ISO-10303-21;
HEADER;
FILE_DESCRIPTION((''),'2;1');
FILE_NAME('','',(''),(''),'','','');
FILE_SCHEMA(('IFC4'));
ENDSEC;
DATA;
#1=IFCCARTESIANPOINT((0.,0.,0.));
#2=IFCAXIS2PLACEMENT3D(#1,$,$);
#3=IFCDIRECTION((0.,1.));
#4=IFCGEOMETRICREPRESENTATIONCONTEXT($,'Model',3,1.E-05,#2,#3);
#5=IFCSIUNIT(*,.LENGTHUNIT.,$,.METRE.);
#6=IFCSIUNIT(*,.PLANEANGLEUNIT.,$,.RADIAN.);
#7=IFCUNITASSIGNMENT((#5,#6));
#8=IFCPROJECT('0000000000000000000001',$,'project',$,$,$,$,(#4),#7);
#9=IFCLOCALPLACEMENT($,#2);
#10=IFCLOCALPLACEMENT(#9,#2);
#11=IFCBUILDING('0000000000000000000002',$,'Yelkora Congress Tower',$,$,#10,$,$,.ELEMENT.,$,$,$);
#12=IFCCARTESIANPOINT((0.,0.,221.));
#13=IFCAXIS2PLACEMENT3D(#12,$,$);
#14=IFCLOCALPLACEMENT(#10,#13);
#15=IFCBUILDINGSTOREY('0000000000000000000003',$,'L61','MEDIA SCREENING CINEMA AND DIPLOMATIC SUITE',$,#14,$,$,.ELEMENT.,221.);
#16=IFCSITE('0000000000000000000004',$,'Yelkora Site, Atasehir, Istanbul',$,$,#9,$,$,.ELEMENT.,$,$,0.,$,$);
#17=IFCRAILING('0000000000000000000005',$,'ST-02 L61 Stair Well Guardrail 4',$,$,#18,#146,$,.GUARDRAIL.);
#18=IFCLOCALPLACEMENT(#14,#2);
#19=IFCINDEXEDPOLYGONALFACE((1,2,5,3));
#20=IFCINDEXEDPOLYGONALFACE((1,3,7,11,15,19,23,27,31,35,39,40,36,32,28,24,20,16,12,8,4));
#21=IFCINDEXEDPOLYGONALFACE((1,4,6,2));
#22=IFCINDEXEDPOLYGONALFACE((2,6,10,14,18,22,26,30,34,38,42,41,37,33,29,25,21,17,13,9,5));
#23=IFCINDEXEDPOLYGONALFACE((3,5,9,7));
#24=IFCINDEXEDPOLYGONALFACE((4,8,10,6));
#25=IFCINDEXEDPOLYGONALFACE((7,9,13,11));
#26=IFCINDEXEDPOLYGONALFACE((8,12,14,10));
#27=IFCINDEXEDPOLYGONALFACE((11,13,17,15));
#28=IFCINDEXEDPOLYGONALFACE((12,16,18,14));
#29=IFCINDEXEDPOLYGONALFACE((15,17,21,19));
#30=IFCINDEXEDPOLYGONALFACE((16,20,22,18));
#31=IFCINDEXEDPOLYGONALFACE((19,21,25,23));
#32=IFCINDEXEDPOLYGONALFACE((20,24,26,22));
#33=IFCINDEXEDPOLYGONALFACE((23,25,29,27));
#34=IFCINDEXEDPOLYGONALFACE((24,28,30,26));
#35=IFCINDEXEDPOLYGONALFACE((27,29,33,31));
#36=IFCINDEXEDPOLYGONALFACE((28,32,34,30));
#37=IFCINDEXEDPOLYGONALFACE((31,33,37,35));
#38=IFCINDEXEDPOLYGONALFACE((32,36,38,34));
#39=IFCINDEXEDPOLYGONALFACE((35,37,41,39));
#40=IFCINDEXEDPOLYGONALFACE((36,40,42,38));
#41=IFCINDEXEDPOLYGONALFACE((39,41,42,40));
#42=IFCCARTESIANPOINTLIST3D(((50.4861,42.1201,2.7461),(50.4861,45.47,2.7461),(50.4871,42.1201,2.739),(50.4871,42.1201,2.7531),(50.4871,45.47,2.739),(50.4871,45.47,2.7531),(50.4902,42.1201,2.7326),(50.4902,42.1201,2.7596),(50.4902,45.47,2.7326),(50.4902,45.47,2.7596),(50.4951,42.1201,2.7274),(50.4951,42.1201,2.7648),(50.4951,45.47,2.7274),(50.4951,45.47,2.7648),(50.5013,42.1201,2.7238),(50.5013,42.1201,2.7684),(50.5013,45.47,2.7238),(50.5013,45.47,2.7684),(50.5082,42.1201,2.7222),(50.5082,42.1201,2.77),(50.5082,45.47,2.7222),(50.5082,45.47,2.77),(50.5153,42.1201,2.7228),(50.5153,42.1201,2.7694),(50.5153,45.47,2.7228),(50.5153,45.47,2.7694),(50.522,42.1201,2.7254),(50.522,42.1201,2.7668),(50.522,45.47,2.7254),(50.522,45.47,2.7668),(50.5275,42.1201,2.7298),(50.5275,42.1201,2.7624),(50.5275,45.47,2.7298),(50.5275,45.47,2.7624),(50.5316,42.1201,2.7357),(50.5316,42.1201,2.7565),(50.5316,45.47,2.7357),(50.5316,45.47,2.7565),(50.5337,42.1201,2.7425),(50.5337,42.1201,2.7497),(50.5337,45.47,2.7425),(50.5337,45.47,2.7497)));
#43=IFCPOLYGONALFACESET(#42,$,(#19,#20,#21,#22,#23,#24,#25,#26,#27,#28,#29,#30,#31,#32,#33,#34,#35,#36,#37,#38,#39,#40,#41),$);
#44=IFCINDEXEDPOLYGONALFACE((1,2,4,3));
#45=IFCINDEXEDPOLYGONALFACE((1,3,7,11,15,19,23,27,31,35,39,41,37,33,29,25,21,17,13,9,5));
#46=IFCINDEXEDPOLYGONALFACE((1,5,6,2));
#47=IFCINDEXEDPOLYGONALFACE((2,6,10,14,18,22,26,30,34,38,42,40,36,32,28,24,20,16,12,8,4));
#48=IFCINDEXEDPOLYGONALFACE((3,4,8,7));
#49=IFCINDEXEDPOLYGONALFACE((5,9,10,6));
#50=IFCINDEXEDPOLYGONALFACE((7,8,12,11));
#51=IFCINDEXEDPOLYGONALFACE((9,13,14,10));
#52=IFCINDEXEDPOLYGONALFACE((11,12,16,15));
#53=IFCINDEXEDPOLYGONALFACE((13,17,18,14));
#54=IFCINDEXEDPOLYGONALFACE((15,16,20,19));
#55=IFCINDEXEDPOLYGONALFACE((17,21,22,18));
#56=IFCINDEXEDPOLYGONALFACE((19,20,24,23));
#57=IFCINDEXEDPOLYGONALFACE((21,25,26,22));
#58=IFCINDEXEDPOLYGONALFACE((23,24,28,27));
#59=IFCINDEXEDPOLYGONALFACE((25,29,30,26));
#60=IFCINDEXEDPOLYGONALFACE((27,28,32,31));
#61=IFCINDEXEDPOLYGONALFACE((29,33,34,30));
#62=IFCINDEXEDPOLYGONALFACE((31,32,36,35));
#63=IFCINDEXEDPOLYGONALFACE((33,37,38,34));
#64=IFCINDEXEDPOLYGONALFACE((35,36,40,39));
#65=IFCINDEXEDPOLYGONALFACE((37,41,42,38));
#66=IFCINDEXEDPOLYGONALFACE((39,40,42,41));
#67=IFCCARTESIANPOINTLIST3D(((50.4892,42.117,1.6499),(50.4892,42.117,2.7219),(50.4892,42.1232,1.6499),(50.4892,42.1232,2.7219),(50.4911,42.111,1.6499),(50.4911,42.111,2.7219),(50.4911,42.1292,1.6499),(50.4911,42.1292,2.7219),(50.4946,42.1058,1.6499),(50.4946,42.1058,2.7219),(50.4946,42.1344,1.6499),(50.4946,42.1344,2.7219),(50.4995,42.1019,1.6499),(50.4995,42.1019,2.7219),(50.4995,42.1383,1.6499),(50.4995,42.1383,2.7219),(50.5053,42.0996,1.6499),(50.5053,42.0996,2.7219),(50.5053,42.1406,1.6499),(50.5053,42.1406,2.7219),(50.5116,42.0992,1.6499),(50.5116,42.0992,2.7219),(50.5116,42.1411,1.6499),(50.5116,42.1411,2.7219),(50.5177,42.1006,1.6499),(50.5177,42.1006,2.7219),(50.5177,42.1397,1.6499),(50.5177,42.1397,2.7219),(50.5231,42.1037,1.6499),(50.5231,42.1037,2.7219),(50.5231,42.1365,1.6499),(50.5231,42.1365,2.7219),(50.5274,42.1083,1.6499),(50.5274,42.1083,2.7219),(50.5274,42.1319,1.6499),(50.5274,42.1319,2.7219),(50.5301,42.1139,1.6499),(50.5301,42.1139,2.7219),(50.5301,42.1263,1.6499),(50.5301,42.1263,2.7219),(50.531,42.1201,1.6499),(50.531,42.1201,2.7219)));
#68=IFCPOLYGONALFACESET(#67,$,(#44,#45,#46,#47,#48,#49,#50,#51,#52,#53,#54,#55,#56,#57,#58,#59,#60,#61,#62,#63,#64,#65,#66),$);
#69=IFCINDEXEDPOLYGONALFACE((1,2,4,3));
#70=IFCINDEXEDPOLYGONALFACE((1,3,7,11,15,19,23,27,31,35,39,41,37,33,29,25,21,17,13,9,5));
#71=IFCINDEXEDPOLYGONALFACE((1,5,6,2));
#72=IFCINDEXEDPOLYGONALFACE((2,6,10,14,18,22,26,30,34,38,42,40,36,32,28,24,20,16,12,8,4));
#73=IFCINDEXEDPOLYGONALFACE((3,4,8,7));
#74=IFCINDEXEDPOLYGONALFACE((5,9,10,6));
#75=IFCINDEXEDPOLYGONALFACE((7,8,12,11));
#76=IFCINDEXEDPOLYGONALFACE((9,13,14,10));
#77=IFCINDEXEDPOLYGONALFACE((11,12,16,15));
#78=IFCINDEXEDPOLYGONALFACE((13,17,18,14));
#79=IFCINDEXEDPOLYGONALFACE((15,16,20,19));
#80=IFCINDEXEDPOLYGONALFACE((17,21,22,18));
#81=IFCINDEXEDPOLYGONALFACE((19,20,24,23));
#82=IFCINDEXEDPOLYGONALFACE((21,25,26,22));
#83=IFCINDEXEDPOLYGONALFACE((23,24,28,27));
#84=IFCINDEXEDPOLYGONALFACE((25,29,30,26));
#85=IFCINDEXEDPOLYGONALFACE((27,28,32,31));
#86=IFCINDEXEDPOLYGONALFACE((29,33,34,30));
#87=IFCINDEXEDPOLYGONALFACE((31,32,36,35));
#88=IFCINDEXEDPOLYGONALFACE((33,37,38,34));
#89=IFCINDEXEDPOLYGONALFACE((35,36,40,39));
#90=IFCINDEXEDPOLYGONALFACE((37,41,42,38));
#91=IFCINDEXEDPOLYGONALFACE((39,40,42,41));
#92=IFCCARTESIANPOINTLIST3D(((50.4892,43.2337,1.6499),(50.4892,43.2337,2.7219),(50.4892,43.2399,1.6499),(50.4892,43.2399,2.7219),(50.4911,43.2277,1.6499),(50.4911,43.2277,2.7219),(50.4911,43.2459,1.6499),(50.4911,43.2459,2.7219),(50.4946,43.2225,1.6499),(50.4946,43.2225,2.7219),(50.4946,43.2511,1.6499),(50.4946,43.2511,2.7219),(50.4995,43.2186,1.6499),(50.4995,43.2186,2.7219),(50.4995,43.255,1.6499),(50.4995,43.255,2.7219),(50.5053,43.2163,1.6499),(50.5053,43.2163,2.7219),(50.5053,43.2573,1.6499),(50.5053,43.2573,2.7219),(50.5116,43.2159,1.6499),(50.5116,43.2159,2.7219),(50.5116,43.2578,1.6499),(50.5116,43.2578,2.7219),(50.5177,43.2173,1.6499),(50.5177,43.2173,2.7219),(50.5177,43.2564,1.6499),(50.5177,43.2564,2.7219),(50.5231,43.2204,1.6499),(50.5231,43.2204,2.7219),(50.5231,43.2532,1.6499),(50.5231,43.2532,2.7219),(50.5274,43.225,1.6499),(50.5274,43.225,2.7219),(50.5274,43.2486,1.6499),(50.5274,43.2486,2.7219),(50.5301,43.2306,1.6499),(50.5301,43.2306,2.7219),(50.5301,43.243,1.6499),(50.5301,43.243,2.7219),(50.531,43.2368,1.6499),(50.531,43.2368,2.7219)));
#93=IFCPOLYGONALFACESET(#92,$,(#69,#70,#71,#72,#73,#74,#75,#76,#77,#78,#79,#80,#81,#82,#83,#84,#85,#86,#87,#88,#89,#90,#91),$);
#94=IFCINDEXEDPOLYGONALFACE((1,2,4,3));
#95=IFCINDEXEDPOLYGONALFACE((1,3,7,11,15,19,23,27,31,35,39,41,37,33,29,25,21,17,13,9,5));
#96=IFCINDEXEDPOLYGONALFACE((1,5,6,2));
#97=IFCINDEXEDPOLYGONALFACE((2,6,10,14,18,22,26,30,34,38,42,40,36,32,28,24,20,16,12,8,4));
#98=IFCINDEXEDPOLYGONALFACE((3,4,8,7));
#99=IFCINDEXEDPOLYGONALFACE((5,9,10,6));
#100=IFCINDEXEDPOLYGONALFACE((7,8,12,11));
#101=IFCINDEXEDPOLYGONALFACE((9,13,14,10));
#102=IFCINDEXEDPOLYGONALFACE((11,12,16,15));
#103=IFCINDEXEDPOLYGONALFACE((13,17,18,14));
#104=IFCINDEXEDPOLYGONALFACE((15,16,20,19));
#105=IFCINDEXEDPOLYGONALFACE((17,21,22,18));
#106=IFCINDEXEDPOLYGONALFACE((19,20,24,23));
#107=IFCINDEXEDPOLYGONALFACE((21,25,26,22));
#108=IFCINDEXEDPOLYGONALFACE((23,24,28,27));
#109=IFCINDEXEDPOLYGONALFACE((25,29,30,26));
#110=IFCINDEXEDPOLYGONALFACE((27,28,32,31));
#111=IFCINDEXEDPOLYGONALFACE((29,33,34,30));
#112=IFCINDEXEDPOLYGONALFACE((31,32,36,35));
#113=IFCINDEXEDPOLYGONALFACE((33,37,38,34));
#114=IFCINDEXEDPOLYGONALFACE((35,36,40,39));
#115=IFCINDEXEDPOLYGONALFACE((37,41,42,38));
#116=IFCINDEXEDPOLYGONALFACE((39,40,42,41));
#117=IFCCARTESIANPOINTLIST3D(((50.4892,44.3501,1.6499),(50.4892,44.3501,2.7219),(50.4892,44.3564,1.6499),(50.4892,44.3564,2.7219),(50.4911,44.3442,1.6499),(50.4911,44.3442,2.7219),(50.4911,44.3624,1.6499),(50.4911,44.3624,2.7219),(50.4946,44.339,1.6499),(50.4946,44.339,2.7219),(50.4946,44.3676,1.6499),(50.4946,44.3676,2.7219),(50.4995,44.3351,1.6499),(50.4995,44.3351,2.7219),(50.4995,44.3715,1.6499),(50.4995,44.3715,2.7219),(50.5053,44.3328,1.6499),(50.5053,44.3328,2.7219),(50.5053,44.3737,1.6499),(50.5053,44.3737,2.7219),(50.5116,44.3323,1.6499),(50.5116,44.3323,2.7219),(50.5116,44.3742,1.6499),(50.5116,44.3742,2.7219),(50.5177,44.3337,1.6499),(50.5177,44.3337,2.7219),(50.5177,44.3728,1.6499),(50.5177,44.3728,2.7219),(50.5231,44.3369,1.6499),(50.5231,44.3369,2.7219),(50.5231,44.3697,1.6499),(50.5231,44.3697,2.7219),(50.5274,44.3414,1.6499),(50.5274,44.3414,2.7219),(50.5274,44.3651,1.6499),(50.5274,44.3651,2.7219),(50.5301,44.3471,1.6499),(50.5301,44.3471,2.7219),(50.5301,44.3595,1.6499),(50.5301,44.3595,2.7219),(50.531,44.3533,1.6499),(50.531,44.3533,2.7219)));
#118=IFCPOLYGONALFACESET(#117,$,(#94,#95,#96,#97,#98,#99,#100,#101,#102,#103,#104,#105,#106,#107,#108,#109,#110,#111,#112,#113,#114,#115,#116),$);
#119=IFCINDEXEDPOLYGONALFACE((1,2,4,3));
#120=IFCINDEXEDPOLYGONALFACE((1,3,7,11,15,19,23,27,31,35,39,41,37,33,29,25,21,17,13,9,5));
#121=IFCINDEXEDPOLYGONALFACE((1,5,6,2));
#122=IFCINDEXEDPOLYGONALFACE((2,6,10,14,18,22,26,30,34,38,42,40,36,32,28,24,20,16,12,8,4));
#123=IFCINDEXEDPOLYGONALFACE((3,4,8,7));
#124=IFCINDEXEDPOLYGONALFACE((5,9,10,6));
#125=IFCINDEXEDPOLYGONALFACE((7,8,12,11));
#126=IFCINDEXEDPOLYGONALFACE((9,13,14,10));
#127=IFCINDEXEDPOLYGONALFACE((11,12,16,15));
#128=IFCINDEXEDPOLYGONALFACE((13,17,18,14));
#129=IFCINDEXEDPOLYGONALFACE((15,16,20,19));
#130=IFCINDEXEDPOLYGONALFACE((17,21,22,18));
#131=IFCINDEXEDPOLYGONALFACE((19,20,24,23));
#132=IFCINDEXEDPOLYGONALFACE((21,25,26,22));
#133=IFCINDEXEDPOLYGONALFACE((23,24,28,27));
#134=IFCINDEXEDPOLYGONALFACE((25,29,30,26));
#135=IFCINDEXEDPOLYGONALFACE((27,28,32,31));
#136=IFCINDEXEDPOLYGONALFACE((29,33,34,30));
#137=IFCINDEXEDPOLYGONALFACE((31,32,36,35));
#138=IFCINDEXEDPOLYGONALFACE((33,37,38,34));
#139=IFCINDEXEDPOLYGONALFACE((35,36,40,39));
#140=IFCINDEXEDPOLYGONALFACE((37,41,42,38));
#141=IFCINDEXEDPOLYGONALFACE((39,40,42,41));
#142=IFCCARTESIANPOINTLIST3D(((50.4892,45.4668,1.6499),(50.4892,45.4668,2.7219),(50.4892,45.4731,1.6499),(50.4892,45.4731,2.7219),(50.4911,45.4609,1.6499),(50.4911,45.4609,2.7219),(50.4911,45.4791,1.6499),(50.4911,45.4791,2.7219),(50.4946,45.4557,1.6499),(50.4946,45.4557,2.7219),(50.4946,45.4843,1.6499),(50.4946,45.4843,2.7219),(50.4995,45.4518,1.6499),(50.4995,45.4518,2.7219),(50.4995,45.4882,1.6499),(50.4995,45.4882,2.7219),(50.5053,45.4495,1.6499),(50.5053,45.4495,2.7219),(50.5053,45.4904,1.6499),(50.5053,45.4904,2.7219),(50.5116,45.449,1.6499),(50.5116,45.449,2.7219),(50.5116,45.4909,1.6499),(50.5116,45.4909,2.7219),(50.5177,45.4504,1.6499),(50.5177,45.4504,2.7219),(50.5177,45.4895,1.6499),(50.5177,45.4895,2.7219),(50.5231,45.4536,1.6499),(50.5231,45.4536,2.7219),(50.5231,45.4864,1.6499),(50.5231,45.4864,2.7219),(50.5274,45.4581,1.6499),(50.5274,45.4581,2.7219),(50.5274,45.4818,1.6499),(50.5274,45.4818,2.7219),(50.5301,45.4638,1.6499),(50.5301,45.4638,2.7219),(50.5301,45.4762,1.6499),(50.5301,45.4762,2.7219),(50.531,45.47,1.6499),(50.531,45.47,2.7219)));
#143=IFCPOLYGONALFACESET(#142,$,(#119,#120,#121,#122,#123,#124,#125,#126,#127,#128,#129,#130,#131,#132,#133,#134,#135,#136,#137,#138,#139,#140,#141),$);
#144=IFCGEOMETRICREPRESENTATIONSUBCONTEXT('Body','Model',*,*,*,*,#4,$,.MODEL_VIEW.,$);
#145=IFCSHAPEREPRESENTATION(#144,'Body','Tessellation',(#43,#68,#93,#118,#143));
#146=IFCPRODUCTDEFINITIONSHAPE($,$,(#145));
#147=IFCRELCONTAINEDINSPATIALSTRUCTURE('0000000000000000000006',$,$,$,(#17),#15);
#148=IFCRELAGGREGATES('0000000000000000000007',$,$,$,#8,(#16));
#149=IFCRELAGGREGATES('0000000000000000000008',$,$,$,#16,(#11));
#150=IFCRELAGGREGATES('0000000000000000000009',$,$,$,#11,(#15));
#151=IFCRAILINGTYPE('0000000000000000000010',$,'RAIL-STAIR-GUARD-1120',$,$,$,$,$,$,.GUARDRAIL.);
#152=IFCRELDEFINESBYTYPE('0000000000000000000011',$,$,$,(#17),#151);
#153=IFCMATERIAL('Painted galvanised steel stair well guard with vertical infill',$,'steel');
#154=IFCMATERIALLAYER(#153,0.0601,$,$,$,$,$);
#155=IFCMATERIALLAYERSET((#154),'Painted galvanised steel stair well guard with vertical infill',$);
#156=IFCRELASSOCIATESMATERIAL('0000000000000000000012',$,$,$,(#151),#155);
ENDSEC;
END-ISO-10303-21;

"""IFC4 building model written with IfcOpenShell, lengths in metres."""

from ifc_helpers import new_model, si_unit, direction, frame, origin, origin_2d, place, context, subcontext, project, spatial, circle, extrude, material, layer, layer_set, type_object, element, save


model = new_model("IFC4")

# Units and contexts
model_context = context("Model", 3, precision=1e-05, world=origin(), true_north=direction((0.0, 1.0)))
body_context = subcontext(model_context, "Body", "Model", "MODEL_VIEW")
ifc_project = project(units=[si_unit("LENGTHUNIT", "METRE"), si_unit("PLANEANGLEUNIT", "RADIAN")], contexts=[model_context])

# Site, building, storey
site_placement = place(None, origin())
site = spatial("IfcSite", under=ifc_project, at=site_placement, Name="Yelkora Site, Atasehir, Istanbul", CompositionType="ELEMENT", RefElevation=0.0)
building_placement = place(site_placement, origin())
building = spatial("IfcBuilding", under=site, at=building_placement, Name="Yelkora Congress Tower", CompositionType="ELEMENT")
storey_placement = place(building_placement, frame((0.0, 0.0, 221.0)))
storey = spatial("IfcBuildingStorey", under=building, at=storey_placement, Name="L61", Description="MEDIA SCREENING CINEMA AND DIPLOMATIC SUITE", CompositionType="ELEMENT", Elevation=221.0)

# Railing
ifc_material_1 = material(Name="Painted galvanised steel stair well guard with vertical infill", Category="steel")
ifc_layer_1 = layer(ifc_material_1, 0.0601)
ifc_layer_set_1 = layer_set([ifc_layer_1], Name="Painted galvanised steel stair well guard with vertical infill")
railing_type_1 = type_object("IfcRailingType", Name="RAIL-STAIR-GUARD-1120", PredefinedType="GUARDRAIL", material=ifc_layer_set_1)
railing_1_placement = place(storey_placement, frame((50.51, 42.1201, 1.6499)))
element("IfcRailing", 1, at=railing_1_placement, inside=storey, type_object=railing_type_1, Name="ST-02 L61 Stair Well Guardrail 4", PredefinedType="GUARDRAIL", context=body_context, shape_type="SweptSolid", body=[
    extrude(circle(Radius=0.0239, at=origin_2d()), frame((0.0, 0.0, 1.0962), z_axis=(0.0, 1.0, 0.0), x_axis=(-1.0, 0.0, 0.0)), (0.0, 0.0, 1.0), 3.3499),
    extrude(circle(Radius=0.021, at=origin_2d()), origin(), (0.0, 0.0, 1.0), 1.072),
    extrude(circle(Radius=0.021, at=origin_2d()), frame((0.0, 1.1167, 0.0)), (0.0, 0.0, 1.0), 1.072),
    extrude(circle(Radius=0.021, at=origin_2d()), frame((0.0, 2.2332, 0.0)), (0.0, 0.0, 1.0), 1.072),
    extrude(circle(Radius=0.021, at=origin_2d()), frame((0.0, 3.3499, 0.0)), (0.0, 0.0, 1.0), 1.072),
])

save(model, "model.ifc")
